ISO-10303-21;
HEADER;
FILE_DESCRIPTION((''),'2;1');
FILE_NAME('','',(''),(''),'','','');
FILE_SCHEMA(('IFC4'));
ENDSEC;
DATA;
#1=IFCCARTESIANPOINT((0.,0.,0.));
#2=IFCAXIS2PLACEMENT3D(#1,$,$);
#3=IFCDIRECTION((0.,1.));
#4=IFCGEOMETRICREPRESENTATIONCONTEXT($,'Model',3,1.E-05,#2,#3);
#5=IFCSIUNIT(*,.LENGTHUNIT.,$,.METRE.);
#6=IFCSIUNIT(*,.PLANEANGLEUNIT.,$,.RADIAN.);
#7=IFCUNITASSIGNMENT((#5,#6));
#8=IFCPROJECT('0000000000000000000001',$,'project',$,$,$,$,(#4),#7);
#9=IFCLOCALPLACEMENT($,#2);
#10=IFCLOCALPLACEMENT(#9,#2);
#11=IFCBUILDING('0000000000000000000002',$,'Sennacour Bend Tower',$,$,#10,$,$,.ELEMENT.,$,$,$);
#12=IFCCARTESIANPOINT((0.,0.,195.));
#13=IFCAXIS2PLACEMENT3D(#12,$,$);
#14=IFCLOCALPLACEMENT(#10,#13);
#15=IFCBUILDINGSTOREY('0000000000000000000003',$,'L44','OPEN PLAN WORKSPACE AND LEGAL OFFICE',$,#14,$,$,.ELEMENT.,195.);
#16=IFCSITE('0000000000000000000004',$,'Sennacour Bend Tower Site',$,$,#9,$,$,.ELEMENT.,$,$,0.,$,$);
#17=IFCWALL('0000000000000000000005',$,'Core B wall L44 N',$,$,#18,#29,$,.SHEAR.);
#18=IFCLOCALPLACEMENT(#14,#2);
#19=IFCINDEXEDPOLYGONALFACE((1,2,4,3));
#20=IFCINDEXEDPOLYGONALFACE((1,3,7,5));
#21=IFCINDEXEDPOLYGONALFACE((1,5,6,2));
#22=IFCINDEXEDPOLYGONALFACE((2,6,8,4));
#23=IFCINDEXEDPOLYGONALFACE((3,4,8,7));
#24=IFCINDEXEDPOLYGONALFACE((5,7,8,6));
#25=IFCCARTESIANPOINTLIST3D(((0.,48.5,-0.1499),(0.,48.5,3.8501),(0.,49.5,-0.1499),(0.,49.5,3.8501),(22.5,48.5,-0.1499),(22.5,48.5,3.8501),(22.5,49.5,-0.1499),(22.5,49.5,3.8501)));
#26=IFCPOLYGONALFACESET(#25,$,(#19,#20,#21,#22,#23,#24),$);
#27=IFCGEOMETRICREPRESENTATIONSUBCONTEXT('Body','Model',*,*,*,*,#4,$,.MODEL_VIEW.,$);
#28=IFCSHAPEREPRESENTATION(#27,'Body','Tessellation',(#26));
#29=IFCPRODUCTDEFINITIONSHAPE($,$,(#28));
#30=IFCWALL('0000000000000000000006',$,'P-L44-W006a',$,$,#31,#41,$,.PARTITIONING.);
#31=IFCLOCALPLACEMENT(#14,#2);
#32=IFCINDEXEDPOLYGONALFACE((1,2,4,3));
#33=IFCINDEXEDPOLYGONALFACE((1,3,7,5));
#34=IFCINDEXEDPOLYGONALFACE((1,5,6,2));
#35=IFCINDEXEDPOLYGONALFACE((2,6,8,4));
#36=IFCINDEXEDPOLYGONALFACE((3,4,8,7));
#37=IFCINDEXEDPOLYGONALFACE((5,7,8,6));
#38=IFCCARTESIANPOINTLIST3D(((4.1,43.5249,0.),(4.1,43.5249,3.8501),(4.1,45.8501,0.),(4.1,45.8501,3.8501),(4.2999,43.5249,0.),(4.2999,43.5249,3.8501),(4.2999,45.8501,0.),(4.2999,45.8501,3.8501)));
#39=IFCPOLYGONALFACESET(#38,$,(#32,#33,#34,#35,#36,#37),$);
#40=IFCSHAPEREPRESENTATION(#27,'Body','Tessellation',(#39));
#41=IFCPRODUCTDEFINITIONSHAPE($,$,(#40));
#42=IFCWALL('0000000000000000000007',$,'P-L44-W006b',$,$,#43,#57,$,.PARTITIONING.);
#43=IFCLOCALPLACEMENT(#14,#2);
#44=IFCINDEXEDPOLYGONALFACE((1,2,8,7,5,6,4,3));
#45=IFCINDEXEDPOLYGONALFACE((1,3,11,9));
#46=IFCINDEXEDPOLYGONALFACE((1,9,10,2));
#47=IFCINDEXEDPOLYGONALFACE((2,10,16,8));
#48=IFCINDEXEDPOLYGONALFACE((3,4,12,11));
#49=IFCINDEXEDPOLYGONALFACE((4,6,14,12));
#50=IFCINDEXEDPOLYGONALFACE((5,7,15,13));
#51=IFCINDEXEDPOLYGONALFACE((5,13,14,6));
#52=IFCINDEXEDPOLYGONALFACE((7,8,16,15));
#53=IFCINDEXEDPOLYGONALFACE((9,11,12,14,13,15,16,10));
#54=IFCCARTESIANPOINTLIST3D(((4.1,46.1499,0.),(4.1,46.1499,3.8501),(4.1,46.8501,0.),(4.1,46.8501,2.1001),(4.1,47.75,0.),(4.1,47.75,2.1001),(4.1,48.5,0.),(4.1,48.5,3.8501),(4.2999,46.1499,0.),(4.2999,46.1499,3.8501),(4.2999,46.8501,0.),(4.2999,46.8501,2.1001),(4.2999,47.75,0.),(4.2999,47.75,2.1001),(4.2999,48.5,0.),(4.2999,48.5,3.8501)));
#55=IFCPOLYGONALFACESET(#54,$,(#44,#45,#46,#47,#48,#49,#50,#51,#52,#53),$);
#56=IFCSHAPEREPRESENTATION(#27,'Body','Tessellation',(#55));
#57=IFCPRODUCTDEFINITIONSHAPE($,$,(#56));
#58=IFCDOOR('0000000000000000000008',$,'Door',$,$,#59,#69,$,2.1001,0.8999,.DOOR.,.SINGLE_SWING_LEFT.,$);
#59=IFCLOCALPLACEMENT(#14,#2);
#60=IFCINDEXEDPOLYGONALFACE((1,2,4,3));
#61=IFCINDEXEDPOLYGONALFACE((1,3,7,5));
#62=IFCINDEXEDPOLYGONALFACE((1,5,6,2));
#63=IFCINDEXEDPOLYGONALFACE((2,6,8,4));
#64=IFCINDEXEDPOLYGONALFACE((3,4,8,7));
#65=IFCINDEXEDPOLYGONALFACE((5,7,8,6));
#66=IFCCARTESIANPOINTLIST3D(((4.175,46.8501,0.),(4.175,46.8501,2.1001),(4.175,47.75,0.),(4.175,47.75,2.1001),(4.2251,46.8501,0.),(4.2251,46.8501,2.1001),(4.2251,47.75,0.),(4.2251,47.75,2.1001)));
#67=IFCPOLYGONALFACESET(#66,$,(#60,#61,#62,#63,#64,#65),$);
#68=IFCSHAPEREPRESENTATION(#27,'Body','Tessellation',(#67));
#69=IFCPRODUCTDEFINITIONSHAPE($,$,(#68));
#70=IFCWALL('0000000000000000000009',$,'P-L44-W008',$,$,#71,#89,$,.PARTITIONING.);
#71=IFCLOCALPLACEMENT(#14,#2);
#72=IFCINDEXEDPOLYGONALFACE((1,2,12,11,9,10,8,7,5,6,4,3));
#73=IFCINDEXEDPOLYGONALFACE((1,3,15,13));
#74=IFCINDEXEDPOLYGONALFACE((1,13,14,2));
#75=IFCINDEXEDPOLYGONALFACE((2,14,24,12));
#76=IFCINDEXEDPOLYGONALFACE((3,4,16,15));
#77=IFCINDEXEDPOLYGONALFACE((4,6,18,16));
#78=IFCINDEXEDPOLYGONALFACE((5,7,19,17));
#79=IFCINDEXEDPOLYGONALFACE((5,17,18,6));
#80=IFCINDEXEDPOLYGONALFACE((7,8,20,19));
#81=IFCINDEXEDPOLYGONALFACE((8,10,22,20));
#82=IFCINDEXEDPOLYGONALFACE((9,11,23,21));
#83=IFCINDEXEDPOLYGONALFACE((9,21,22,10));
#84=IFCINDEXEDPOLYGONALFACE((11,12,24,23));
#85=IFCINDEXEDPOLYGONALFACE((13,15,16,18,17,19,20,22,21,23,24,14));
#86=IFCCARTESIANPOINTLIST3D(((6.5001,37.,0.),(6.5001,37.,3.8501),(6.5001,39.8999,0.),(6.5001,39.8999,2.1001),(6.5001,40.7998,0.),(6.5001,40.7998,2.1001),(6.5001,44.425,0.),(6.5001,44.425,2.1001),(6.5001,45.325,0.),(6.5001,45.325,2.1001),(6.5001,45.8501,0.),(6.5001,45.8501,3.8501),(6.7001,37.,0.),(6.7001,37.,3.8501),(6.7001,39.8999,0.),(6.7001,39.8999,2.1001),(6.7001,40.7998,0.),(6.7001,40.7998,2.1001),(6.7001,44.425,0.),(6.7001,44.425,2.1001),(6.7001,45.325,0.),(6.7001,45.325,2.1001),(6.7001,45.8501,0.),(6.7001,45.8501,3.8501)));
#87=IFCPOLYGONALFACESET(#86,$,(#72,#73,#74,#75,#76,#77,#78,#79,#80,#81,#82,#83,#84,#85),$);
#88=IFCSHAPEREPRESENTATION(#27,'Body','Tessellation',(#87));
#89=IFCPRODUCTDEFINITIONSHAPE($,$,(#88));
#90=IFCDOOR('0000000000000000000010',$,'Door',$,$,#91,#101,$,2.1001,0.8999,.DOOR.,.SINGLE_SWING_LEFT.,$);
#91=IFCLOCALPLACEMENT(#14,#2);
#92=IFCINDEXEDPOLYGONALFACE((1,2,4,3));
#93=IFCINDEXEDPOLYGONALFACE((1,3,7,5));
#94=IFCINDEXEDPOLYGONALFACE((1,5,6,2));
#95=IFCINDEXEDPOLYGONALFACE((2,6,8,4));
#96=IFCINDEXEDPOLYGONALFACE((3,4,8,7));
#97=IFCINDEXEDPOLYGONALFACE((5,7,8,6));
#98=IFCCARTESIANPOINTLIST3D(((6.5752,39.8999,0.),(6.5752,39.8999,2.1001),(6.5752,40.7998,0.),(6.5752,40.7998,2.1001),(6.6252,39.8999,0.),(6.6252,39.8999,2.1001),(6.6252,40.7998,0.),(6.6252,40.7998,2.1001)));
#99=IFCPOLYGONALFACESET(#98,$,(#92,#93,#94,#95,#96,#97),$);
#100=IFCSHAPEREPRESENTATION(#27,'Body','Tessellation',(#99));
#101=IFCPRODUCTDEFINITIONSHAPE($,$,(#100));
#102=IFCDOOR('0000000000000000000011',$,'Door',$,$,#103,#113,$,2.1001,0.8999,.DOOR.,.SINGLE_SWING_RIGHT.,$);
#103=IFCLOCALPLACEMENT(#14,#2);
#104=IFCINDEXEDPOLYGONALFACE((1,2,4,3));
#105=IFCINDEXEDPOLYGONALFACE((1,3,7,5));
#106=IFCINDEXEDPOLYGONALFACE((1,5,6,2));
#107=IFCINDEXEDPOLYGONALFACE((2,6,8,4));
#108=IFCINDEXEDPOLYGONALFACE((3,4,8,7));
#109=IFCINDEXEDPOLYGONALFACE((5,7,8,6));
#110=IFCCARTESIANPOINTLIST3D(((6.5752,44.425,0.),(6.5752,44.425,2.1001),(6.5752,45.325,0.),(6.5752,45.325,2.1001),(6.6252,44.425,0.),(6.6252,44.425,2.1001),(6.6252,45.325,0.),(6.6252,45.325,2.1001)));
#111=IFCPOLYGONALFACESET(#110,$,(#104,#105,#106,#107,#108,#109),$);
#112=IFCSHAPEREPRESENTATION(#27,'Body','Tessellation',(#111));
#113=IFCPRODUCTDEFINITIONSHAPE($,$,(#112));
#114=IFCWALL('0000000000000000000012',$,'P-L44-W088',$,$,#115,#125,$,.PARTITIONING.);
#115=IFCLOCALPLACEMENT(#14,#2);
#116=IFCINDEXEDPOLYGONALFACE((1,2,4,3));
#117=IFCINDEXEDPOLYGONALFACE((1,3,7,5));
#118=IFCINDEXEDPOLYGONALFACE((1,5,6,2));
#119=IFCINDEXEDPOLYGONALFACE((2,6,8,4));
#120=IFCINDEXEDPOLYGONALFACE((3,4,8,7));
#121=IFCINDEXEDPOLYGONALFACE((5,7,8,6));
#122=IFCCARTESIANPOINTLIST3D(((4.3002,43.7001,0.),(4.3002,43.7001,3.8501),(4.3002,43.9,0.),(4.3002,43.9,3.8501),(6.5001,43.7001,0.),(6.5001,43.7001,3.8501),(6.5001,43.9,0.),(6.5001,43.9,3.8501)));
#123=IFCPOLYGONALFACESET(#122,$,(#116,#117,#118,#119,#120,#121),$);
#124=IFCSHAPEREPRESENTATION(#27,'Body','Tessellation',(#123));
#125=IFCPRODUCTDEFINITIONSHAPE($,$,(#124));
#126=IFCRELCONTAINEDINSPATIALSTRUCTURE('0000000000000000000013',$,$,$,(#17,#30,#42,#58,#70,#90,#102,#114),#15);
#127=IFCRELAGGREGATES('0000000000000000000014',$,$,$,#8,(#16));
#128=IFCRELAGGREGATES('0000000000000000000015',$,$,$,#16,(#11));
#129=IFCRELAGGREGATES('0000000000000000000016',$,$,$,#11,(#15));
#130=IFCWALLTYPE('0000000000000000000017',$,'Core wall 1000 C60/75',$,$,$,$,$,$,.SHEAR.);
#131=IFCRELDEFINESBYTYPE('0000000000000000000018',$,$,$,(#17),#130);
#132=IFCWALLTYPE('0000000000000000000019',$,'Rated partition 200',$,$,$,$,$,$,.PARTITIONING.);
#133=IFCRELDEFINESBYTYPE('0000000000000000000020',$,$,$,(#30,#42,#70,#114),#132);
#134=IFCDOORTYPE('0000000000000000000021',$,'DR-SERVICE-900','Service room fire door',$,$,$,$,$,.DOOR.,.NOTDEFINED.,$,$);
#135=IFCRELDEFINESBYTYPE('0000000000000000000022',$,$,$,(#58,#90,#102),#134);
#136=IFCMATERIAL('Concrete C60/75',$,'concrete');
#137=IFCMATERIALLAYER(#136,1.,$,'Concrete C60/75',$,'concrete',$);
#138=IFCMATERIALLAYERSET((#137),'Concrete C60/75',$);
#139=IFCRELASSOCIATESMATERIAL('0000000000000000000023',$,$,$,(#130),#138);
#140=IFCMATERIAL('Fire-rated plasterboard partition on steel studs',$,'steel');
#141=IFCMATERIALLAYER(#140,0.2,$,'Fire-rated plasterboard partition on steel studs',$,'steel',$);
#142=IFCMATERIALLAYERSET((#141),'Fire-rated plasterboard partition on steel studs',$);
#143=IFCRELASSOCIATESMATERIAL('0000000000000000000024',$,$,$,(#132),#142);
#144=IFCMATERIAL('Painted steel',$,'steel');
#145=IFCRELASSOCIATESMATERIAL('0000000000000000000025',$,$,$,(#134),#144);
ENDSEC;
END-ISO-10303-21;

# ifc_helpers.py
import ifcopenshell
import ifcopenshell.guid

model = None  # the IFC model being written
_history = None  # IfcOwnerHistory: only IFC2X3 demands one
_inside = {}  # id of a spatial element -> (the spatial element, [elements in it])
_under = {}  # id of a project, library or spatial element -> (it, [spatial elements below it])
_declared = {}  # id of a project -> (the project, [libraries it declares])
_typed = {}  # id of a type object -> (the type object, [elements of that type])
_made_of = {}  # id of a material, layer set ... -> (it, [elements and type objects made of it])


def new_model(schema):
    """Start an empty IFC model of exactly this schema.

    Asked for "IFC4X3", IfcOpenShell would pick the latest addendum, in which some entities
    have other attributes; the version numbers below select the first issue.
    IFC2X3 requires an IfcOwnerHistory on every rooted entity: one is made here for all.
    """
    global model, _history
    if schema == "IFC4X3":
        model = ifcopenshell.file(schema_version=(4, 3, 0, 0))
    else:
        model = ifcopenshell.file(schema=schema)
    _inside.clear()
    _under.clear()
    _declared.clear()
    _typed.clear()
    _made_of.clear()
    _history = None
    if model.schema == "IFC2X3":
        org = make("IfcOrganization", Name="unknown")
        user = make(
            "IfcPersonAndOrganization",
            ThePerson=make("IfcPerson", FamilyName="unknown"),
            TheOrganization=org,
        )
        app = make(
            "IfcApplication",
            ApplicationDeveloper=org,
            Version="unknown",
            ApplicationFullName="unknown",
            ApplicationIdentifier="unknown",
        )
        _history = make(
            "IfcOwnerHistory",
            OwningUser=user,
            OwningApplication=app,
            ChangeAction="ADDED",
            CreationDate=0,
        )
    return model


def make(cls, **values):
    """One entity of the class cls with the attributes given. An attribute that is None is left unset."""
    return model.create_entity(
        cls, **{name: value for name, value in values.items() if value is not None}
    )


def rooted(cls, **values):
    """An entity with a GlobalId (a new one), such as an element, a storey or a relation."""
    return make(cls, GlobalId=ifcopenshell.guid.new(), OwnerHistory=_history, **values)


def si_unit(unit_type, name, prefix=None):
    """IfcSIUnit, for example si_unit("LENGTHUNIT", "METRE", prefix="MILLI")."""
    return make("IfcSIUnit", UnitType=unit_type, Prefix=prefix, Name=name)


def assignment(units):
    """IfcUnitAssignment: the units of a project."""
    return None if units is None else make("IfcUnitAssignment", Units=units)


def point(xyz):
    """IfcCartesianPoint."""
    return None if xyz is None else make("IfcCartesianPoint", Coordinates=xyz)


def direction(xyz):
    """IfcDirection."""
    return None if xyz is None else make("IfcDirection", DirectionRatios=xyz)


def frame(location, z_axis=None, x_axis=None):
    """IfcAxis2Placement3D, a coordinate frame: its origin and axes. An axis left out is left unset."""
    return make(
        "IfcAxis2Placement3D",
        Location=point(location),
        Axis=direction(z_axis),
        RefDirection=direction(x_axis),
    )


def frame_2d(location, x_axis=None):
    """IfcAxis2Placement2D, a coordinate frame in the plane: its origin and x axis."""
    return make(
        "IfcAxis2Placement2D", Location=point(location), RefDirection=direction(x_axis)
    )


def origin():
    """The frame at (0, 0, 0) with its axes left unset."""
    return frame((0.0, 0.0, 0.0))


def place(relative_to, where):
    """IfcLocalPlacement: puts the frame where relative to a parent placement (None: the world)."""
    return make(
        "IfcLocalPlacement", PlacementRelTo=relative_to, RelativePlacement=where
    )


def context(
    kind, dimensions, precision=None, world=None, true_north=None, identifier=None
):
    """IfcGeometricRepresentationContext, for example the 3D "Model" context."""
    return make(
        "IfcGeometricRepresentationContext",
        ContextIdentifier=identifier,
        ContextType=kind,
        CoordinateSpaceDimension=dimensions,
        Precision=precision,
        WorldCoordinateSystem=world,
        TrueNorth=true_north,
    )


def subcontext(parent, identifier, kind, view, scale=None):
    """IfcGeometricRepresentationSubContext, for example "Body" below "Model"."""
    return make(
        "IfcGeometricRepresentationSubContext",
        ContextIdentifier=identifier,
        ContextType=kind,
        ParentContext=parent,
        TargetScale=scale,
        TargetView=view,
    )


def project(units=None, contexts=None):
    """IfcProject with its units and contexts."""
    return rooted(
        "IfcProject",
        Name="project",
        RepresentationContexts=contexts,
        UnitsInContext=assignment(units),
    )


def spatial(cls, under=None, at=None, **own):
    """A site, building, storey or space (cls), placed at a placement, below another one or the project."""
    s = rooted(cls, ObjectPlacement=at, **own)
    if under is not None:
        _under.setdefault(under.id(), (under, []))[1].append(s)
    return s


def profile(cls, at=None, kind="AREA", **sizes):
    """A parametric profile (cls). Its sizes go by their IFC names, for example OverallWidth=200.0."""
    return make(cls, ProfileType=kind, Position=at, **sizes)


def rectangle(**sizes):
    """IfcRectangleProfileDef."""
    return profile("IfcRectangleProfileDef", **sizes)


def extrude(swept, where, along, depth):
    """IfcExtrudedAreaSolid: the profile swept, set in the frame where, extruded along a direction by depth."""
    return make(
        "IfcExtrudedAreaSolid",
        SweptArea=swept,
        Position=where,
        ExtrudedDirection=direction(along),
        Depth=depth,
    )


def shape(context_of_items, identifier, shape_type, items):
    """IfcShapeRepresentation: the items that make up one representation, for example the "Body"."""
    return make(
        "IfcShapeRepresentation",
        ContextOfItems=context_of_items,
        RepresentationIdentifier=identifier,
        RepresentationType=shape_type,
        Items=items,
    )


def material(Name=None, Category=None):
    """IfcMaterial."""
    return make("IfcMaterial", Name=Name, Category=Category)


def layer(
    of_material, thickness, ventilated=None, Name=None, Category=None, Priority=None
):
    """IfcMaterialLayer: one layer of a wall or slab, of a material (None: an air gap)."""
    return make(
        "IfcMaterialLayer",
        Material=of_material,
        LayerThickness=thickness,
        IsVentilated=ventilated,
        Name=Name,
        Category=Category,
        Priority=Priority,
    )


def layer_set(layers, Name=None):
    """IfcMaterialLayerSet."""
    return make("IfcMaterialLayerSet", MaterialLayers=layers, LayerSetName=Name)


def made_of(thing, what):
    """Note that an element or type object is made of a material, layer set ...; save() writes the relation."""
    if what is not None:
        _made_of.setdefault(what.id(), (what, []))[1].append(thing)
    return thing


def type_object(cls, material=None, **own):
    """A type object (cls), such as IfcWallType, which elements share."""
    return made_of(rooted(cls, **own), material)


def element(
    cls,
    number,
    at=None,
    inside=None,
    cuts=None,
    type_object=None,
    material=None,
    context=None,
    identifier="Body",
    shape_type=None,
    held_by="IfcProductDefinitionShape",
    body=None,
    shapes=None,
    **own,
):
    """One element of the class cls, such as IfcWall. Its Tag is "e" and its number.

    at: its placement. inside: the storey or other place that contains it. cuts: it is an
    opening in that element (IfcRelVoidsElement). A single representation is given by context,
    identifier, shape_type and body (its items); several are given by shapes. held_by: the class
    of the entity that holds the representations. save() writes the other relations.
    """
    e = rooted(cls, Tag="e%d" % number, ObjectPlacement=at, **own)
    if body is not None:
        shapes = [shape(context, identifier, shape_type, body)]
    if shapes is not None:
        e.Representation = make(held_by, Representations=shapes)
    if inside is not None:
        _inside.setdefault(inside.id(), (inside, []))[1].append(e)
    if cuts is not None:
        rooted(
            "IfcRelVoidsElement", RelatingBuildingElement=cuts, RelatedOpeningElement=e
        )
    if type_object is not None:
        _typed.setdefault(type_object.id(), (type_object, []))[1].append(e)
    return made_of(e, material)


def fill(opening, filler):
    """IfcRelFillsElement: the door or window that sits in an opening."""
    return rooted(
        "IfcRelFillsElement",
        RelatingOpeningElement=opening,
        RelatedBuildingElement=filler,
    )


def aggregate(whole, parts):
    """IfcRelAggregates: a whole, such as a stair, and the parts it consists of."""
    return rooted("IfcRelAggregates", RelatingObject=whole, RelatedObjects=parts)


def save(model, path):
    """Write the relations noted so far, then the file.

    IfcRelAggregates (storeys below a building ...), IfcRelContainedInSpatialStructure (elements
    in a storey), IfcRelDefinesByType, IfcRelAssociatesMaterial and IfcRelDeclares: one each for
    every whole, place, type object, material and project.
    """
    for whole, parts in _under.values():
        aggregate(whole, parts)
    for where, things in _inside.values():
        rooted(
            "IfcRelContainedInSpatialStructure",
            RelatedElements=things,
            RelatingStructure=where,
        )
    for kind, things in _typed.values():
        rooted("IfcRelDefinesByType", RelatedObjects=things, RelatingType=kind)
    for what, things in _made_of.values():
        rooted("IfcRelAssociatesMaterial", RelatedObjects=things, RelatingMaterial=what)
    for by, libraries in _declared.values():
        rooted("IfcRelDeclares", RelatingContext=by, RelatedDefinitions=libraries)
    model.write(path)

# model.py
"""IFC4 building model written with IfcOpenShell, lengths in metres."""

from ifc_helpers import new_model, si_unit, direction, frame, frame_2d, origin, place, context, subcontext, project, spatial, rectangle, extrude, material, layer, layer_set, type_object, element, fill, save


model = new_model("IFC4")

# Units and contexts
model_context = context("Model", 3, precision=1e-05, world=origin(), true_north=direction((0.0, 1.0)))
body_context = subcontext(model_context, "Body", "Model", "MODEL_VIEW")
ifc_project = project(units=[si_unit("LENGTHUNIT", "METRE"), si_unit("PLANEANGLEUNIT", "RADIAN")], contexts=[model_context])

# Site, building, storey
site_placement = place(None, origin())
site = spatial("IfcSite", under=ifc_project, at=site_placement, Name="Sennacour Bend Tower Site", CompositionType="ELEMENT", RefElevation=0.0)
building_placement = place(site_placement, origin())
building = spatial("IfcBuilding", under=site, at=building_placement, Name="Sennacour Bend Tower", CompositionType="ELEMENT")
storey_placement = place(building_placement, frame((0.0, 0.0, 195.0)))
storey = spatial("IfcBuildingStorey", under=building, at=storey_placement, Name="L44", Description="OPEN PLAN WORKSPACE AND LEGAL OFFICE", CompositionType="ELEMENT", Elevation=195.0)

# Walls
ifc_material_1 = material(Name="Concrete C60/75", Category="concrete")
ifc_layer_1 = layer(ifc_material_1, 1.0, Name="Concrete C60/75", Category="concrete")
ifc_layer_set_1 = layer_set([ifc_layer_1], Name="Concrete C60/75")
wall_type_1 = type_object("IfcWallType", Name="Core wall 1000 C60/75", PredefinedType="SHEAR", material=ifc_layer_set_1)
wall_1_placement = place(storey_placement, frame((0.0, 49.0, -0.1499), z_axis=(0.0, 0.0, 1.0), x_axis=(1.0, 0.0, 0.0)))
element("IfcWall", 1, at=wall_1_placement, inside=storey, type_object=wall_type_1, Name="Core B wall L44 N", PredefinedType="SHEAR", context=body_context, shape_type="SweptSolid", body=[
    extrude(rectangle(XDim=22.5, YDim=1.0, at=frame_2d((11.25, 0.0))), origin(), (0.0, 0.0, 1.0), 4.0),
])
ifc_material_2 = material(Name="Fire-rated plasterboard partition on steel studs", Category="steel")
ifc_layer_2 = layer(ifc_material_2, 0.2, Name="Fire-rated plasterboard partition on steel studs", Category="steel")
ifc_layer_set_2 = layer_set([ifc_layer_2], Name="Fire-rated plasterboard partition on steel studs")
wall_type_2 = type_object("IfcWallType", Name="Rated partition 200", PredefinedType="PARTITIONING", material=ifc_layer_set_2)
wall_2_placement = place(storey_placement, frame((4.2, 43.5249, 0.0), z_axis=(0.0, 0.0, 1.0), x_axis=(0.0, 1.0, 0.0)))
element("IfcWall", 2, at=wall_2_placement, inside=storey, type_object=wall_type_2, Name="P-L44-W006a", PredefinedType="PARTITIONING", context=body_context, shape_type="SweptSolid", body=[
    extrude(rectangle(XDim=2.3252, YDim=0.2, at=frame_2d((1.1626, 0.0))), origin(), (0.0, 0.0, 1.0), 3.8501),
])

# Wall, opening, door
wall_3_placement = place(storey_placement, frame((4.2, 46.1499, 0.0), z_axis=(0.0, 0.0, 1.0), x_axis=(0.0, 1.0, 0.0)))
wall_3 = element("IfcWall", 3, at=wall_3_placement, inside=storey, type_object=wall_type_2, Name="P-L44-W006b", PredefinedType="PARTITIONING", context=body_context, shape_type="SweptSolid", body=[
    extrude(rectangle(XDim=2.3501, YDim=0.2, at=frame_2d((1.175, 0.0))), origin(), (0.0, 0.0, 1.0), 3.8501),
])
opening_1_placement = place(wall_3_placement, frame((0.7002, 0.0, 0.0)))
opening_1 = element("IfcOpeningElement", 4, at=opening_1_placement, cuts=wall_3, PredefinedType="OPENING", context=body_context, shape_type="SweptSolid", body=[
    extrude(rectangle(XDim=0.8999, YDim=2.1001, at=frame_2d((0.45, 1.05))), frame((0.0, 0.1099, 0.0), z_axis=(0.0, -1.0, 0.0), x_axis=(1.0, 0.0, 0.0)), (0.0, 0.0, 1.0), 0.22),
])
ifc_material_3 = material(Name="Painted steel", Category="steel")
door_type_1 = type_object("IfcDoorType", Name="DR-SERVICE-900", Description="Service room fire door", OperationType="NOTDEFINED", PredefinedType="DOOR", material=ifc_material_3)
door_1_placement = place(opening_1_placement, origin())
door_1 = element("IfcDoor", 5, at=door_1_placement, inside=storey, type_object=door_type_1, Name="Door", OperationType="SINGLE_SWING_LEFT", OverallHeight=2.1001, OverallWidth=0.8999, PredefinedType="DOOR", context=body_context, shape_type="SweptSolid", body=[
    extrude(rectangle(XDim=0.8999, YDim=2.1001, at=frame_2d((0.45, 1.05))), frame((0.0, 0.0249, 0.0), z_axis=(0.0, -1.0, 0.0), x_axis=(1.0, 0.0, 0.0)), (0.0, 0.0, 1.0), 0.05),
])
fill(opening_1, door_1)

# Wall, openings, doors
wall_4_placement = place(storey_placement, frame((6.6001, 37.0, 0.0), z_axis=(0.0, 0.0, 1.0), x_axis=(0.0, 1.0, 0.0)))
wall_4 = element("IfcWall", 6, at=wall_4_placement, inside=storey, type_object=wall_type_2, Name="P-L44-W008", PredefinedType="PARTITIONING", context=body_context, shape_type="SweptSolid", body=[
    extrude(rectangle(XDim=8.8501, YDim=0.2, at=frame_2d((4.425, 0.0))), origin(), (0.0, 0.0, 1.0), 3.8501),
])
opening_2_placement = place(wall_4_placement, frame((2.8999, 0.0, 0.0)))
opening_2 = element("IfcOpeningElement", 7, at=opening_2_placement, cuts=wall_4, PredefinedType="OPENING", context=body_context, shape_type="SweptSolid", body=[
    extrude(rectangle(XDim=0.8999, YDim=2.1001, at=frame_2d((0.45, 1.05))), frame((0.0, 0.1099, 0.0), z_axis=(0.0, -1.0, 0.0), x_axis=(1.0, 0.0, 0.0)), (0.0, 0.0, 1.0), 0.22),
])
opening_3_placement = place(wall_4_placement, frame((7.425, 0.0, 0.0)))
opening_3 = element("IfcOpeningElement", 8, at=opening_3_placement, cuts=wall_4, PredefinedType="OPENING", context=body_context, shape_type="SweptSolid", body=[
    extrude(rectangle(XDim=0.8999, YDim=2.1001, at=frame_2d((0.45, 1.05))), frame((0.0, 0.1099, 0.0), z_axis=(0.0, -1.0, 0.0), x_axis=(1.0, 0.0, 0.0)), (0.0, 0.0, 1.0), 0.22),
])
door_2_placement = place(opening_2_placement, origin())
door_2 = element("IfcDoor", 9, at=door_2_placement, inside=storey, type_object=door_type_1, Name="Door", OperationType="SINGLE_SWING_LEFT", OverallHeight=2.1001, OverallWidth=0.8999, PredefinedType="DOOR", context=body_context, shape_type="SweptSolid", body=[
    extrude(rectangle(XDim=0.8999, YDim=2.1001, at=frame_2d((0.45, 1.05))), frame((0.0, 0.0249, 0.0), z_axis=(0.0, -1.0, 0.0), x_axis=(1.0, 0.0, 0.0)), (0.0, 0.0, 1.0), 0.05),
])
fill(opening_2, door_2)
door_3_placement = place(opening_3_placement, origin())
door_3 = element("IfcDoor", 10, at=door_3_placement, inside=storey, type_object=door_type_1, Name="Door", OperationType="SINGLE_SWING_RIGHT", OverallHeight=2.1001, OverallWidth=0.8999, PredefinedType="DOOR", context=body_context, shape_type="SweptSolid", body=[
    extrude(rectangle(XDim=0.8999, YDim=2.1001, at=frame_2d((0.45, 1.05))), frame((0.0, 0.0249, 0.0), z_axis=(0.0, -1.0, 0.0), x_axis=(1.0, 0.0, 0.0)), (0.0, 0.0, 1.0), 0.05),
])
fill(opening_3, door_3)

# Wall
wall_5_placement = place(storey_placement, frame((4.3, 43.8, 0.0), z_axis=(0.0, 0.0, 1.0), x_axis=(1.0, 0.0, 0.0)))
element("IfcWall", 11, at=wall_5_placement, inside=storey, type_object=wall_type_2, Name="P-L44-W088", PredefinedType="PARTITIONING", context=body_context, shape_type="SweptSolid", body=[
    extrude(rectangle(XDim=2.2, YDim=0.2, at=frame_2d((1.1001, 0.0))), origin(), (0.0, 0.0, 1.0), 3.8501),
])

save(model, "model.ifc")
